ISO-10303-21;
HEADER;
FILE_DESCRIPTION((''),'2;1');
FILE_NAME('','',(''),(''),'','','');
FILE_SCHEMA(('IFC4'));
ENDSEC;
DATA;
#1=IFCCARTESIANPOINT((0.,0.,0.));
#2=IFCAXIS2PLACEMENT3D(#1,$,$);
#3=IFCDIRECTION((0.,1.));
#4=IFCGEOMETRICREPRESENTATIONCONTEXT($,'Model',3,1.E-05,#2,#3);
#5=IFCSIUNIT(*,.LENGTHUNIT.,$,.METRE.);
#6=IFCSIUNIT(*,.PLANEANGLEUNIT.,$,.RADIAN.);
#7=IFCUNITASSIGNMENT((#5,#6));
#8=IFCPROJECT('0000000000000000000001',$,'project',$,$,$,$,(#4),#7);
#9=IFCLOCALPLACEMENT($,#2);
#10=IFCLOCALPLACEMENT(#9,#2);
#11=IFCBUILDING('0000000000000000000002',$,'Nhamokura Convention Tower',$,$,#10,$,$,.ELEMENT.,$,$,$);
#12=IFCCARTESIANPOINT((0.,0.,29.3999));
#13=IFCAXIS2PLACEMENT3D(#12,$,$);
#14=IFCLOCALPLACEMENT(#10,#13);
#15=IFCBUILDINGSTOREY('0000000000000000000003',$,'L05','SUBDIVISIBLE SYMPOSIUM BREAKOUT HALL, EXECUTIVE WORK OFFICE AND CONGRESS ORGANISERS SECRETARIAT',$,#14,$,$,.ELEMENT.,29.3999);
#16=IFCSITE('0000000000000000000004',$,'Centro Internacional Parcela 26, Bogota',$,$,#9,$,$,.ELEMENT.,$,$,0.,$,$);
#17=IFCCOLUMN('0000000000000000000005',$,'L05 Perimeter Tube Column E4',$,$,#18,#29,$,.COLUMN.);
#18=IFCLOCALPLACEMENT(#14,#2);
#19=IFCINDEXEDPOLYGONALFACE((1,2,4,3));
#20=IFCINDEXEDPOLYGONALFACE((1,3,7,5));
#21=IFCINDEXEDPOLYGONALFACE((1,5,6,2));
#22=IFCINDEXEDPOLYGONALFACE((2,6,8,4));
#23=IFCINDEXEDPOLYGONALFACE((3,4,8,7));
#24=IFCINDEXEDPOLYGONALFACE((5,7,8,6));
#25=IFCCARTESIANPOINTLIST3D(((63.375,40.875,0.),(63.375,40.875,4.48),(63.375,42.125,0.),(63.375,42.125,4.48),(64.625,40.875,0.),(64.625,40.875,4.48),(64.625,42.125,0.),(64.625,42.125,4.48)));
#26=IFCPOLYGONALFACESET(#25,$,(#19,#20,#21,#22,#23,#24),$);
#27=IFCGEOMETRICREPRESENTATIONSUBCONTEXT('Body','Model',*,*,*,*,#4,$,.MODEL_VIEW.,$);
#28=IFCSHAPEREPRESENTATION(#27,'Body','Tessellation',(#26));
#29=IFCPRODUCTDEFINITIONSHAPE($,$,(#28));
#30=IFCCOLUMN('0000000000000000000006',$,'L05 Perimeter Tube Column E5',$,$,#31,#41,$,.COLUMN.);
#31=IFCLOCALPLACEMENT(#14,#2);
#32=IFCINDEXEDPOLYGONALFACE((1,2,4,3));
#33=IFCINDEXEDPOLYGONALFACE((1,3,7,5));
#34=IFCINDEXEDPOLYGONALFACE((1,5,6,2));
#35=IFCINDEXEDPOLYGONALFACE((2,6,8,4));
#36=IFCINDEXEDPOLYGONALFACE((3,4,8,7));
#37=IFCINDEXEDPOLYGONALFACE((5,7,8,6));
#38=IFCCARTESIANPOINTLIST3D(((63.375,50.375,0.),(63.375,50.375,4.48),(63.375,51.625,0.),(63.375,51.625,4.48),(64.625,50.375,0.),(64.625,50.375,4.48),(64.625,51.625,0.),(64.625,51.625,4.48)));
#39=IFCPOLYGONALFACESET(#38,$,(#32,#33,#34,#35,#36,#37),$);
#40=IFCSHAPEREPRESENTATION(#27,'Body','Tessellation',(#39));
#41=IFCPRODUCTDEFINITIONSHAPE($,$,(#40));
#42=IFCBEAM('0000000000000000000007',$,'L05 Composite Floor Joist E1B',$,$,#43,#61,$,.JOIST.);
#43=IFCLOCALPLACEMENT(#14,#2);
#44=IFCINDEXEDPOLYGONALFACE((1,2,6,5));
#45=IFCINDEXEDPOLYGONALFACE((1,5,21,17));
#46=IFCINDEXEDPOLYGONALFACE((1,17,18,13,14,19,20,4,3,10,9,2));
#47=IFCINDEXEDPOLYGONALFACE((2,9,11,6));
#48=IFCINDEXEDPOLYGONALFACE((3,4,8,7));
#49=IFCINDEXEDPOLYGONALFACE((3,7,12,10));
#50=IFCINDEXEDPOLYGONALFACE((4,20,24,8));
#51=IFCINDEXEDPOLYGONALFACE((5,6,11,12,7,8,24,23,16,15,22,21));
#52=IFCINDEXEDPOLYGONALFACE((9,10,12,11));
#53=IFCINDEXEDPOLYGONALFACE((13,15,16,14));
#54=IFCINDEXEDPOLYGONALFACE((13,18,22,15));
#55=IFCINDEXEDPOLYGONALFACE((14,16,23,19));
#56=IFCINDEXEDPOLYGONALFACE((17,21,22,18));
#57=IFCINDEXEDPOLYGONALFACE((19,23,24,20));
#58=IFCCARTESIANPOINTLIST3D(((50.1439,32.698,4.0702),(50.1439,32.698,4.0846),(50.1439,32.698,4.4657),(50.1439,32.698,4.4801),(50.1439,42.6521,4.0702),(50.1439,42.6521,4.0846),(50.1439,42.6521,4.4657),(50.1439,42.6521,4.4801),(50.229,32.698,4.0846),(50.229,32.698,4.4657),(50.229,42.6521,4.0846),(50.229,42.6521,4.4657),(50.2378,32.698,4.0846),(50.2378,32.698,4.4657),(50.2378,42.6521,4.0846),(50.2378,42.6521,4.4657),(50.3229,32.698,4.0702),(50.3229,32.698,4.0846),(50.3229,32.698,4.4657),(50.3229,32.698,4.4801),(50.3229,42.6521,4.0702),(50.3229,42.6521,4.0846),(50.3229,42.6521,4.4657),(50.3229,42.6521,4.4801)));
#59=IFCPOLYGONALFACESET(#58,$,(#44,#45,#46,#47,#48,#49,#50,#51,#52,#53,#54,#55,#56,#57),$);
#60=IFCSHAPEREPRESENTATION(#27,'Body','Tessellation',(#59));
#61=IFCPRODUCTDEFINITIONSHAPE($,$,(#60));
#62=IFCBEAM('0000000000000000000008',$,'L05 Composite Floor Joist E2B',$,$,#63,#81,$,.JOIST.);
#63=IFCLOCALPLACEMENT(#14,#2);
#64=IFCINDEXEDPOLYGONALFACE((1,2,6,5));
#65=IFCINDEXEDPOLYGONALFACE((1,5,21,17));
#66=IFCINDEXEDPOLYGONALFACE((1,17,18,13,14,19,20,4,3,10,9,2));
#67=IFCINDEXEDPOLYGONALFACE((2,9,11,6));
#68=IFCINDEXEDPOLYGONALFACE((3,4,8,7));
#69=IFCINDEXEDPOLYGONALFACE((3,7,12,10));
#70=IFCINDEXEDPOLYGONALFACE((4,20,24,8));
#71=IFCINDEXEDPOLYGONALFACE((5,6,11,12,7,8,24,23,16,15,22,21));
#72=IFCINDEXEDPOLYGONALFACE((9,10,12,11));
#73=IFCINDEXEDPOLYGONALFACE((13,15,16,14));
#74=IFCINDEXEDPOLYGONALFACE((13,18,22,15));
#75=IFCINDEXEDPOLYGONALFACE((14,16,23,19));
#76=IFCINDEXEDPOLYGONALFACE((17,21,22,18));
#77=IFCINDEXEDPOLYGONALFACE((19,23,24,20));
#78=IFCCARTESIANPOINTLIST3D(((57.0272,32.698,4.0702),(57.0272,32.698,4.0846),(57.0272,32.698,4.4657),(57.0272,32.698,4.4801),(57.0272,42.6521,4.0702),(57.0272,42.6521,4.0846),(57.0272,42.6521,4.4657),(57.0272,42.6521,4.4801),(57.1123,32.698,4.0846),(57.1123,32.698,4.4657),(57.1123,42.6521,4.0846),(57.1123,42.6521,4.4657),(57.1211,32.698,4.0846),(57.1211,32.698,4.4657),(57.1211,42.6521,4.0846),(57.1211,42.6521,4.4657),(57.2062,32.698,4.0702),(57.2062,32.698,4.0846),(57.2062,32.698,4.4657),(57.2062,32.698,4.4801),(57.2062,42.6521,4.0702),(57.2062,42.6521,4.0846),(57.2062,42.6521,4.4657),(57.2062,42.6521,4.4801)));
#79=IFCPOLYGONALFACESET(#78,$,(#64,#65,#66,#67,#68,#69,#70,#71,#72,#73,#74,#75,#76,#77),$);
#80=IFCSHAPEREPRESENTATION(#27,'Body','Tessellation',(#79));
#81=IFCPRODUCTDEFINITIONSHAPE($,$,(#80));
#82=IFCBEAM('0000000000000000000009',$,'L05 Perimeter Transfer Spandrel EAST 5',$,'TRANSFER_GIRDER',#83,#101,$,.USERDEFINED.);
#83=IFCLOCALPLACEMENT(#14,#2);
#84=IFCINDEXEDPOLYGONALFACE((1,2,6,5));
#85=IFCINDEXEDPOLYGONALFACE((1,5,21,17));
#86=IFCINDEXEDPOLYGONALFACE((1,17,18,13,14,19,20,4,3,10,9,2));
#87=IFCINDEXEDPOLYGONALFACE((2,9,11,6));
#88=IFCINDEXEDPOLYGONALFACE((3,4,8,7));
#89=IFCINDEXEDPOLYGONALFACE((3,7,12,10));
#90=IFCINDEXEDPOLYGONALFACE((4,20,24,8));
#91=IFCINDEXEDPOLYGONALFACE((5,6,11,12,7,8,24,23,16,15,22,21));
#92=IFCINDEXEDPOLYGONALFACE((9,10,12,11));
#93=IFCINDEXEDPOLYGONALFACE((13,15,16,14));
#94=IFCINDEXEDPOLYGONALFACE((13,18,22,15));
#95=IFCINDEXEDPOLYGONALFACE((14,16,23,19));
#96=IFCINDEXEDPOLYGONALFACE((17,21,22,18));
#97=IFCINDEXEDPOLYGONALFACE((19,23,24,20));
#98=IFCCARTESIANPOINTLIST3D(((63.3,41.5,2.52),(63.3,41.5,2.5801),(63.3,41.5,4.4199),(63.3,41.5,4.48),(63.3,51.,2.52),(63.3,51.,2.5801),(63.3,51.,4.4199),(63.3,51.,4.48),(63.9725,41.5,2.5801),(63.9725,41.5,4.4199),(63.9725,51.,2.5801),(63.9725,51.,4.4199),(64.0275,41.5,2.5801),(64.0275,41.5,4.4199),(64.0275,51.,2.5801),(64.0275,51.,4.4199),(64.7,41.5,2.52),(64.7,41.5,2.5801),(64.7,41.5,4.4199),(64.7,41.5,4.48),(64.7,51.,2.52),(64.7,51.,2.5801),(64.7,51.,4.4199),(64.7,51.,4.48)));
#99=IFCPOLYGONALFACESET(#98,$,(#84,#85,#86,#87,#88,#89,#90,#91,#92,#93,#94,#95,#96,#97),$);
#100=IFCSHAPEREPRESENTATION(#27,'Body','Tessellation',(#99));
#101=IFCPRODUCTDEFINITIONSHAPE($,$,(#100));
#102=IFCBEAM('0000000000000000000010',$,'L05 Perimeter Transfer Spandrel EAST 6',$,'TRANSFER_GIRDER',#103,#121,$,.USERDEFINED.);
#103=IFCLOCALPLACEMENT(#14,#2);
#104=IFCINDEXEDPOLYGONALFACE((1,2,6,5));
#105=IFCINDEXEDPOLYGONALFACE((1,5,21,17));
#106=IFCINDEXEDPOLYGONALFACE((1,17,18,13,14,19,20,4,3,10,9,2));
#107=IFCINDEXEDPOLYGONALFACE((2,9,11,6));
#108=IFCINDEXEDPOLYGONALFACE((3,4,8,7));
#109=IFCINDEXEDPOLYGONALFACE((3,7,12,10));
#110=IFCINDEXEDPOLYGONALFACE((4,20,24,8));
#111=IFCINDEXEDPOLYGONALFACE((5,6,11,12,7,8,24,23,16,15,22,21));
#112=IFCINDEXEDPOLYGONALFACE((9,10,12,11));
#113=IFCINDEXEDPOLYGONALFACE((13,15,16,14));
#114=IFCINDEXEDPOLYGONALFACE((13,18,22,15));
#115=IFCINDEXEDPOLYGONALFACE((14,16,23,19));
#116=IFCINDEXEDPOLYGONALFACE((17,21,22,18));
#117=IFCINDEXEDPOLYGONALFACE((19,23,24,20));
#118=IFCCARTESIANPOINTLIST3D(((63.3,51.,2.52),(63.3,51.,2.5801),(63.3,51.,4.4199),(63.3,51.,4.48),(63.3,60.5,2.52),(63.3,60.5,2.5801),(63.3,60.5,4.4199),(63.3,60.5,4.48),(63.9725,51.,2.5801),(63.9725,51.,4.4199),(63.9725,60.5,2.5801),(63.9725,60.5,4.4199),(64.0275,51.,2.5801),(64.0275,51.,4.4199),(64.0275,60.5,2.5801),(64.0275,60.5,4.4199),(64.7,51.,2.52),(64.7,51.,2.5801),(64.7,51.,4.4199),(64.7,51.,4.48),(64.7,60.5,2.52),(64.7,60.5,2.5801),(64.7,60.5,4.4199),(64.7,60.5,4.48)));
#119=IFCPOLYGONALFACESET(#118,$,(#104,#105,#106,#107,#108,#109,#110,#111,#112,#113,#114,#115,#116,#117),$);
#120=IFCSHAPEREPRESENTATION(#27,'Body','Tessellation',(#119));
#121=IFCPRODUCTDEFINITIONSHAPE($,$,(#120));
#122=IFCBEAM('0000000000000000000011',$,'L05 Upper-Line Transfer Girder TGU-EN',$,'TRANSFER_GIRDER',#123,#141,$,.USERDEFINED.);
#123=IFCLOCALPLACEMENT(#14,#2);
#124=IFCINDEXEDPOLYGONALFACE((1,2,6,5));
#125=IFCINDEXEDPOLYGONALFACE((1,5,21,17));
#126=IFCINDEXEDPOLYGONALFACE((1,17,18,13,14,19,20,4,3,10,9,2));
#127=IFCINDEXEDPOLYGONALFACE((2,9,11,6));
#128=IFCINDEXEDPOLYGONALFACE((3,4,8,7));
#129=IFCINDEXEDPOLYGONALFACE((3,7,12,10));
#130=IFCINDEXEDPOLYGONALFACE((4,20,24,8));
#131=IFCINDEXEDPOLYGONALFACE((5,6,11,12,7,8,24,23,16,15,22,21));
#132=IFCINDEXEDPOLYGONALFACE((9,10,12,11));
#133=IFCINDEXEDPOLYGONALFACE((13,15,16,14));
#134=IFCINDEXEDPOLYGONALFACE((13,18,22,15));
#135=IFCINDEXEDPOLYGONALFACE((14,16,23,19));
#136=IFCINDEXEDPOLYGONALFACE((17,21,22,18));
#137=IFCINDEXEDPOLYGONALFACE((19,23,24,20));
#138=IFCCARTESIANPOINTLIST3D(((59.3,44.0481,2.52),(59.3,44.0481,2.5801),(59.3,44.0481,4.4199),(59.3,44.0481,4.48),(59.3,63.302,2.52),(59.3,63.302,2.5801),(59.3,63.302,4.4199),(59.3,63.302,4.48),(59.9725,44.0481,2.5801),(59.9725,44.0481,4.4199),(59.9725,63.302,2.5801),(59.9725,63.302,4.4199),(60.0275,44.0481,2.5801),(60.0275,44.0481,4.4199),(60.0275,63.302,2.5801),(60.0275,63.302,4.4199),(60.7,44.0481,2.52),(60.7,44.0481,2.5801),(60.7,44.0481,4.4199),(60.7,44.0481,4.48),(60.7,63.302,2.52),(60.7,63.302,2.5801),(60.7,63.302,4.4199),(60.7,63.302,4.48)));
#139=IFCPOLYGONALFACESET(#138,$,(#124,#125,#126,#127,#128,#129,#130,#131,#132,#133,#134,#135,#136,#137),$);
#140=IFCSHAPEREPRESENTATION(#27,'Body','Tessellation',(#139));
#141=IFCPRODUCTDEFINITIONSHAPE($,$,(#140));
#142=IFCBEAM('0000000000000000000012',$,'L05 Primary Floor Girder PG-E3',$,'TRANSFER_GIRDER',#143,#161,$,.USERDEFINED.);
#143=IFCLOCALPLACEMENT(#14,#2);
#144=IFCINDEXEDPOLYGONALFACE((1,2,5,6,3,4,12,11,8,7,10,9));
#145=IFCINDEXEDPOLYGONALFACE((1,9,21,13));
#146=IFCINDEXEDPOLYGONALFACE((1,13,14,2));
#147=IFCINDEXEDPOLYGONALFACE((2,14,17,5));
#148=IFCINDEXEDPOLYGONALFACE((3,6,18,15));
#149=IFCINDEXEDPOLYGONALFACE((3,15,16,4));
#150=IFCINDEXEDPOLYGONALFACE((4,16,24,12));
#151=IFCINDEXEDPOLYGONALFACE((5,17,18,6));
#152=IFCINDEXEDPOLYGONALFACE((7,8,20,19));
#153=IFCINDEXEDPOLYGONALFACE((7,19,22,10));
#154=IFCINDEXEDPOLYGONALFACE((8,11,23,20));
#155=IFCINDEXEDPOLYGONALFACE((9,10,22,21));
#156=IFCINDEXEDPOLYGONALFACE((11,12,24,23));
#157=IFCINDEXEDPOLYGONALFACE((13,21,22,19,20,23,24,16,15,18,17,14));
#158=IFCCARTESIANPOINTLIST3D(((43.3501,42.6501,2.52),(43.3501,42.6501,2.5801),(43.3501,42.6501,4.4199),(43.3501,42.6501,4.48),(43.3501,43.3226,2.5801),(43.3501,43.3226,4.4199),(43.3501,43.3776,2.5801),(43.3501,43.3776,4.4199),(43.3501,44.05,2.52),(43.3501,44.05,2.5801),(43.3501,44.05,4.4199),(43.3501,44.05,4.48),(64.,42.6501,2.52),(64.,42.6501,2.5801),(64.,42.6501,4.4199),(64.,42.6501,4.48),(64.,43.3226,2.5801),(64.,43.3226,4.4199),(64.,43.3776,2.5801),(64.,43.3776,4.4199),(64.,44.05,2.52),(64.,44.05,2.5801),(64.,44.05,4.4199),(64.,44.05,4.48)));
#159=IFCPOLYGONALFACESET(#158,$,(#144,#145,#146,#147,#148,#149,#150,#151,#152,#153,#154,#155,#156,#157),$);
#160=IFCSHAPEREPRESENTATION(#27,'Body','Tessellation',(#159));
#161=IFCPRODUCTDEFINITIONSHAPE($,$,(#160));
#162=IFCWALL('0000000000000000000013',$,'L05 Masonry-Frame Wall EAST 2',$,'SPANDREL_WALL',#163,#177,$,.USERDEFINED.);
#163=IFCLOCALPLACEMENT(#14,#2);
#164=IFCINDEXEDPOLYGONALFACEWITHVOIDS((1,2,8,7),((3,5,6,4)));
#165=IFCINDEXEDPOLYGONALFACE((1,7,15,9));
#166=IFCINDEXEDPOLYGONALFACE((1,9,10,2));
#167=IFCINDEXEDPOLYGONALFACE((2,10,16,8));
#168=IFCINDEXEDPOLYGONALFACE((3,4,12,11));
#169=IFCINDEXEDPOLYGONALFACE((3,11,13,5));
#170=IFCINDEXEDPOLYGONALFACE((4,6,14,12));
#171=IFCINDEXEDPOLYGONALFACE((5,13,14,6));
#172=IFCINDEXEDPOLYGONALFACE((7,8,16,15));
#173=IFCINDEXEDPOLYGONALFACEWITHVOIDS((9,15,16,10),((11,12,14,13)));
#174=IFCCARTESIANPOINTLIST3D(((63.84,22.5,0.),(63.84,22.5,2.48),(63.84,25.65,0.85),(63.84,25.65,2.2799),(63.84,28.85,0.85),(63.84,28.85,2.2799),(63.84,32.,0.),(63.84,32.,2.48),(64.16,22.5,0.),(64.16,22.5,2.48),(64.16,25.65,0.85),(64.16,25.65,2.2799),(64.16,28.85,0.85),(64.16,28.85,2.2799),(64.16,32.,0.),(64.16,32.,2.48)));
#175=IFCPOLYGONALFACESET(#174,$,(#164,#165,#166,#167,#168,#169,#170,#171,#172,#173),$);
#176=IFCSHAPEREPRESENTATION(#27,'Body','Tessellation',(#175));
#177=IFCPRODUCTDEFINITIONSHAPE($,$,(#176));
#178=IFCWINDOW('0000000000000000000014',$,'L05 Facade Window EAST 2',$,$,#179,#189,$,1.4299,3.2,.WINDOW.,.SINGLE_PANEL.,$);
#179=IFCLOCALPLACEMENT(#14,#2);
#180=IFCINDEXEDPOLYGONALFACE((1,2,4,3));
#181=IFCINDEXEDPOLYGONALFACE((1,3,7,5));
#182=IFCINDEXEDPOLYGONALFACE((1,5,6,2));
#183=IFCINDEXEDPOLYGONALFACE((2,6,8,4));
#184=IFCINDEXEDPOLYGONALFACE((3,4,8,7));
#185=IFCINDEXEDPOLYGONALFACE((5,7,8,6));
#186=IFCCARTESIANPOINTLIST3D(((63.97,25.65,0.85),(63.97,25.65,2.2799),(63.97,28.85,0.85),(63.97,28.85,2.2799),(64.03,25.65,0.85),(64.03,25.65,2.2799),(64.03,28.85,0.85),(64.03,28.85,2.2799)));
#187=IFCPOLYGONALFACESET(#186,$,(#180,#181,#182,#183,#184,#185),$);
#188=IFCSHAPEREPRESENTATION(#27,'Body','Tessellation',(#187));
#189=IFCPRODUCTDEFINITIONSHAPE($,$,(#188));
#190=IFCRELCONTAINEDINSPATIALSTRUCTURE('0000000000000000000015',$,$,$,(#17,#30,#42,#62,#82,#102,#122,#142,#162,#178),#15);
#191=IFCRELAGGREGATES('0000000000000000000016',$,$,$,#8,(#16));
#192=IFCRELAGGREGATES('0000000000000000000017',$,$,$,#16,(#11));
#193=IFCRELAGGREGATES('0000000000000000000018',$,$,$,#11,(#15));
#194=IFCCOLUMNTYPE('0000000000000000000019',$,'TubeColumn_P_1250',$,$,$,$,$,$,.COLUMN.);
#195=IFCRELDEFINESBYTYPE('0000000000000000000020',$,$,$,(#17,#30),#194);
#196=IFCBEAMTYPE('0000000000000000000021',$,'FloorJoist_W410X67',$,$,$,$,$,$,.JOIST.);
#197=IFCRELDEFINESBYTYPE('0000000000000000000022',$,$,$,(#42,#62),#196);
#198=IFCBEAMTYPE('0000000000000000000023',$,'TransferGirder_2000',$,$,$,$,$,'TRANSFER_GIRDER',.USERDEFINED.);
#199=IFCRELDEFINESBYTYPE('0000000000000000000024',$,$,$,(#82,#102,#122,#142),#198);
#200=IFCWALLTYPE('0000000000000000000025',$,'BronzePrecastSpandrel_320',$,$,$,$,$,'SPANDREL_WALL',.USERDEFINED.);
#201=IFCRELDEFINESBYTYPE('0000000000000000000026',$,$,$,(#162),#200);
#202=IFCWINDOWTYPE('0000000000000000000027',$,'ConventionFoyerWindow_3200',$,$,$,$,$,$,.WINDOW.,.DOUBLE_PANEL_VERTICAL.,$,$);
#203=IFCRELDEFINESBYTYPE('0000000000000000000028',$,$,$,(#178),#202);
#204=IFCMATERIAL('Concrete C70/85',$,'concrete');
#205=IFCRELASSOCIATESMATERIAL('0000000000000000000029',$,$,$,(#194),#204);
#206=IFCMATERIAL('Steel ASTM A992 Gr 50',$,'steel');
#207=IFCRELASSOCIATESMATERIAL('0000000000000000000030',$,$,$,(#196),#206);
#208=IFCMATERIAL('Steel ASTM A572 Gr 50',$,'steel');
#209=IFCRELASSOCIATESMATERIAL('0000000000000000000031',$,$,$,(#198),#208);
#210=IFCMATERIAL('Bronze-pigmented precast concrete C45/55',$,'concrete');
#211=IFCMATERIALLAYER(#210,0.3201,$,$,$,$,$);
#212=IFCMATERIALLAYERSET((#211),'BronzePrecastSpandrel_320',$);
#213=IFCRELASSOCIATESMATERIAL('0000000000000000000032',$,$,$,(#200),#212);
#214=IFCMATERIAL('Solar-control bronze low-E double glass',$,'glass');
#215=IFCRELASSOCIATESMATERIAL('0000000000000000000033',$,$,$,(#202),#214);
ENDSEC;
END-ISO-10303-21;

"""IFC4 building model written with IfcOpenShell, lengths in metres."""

from ifc_helpers import new_model, si_unit, direction, frame, frame_2d, origin, origin_2d, place, context, subcontext, project, spatial, rectangle, i_section, extrude, material, layer, layer_set, material_profile, profile_set, type_object, element, fill, save


model = new_model("IFC4")

# Units and contexts
model_context = context("Model", 3, precision=1e-05, world=origin(), true_north=direction((0.0, 1.0)))
body_context = subcontext(model_context, "Body", "Model", "MODEL_VIEW")
ifc_project = project(units=[si_unit("LENGTHUNIT", "METRE"), si_unit("PLANEANGLEUNIT", "RADIAN")], contexts=[model_context])

# Site, building, storey
site_placement = place(None, origin())
site = spatial("IfcSite", under=ifc_project, at=site_placement, Name="Centro Internacional Parcela 26, Bogota", CompositionType="ELEMENT", RefElevation=0.0)
building_placement = place(site_placement, origin())
building = spatial("IfcBuilding", under=site, at=building_placement, Name="Nhamokura Convention Tower", CompositionType="ELEMENT")
storey_placement = place(building_placement, frame((0.0, 0.0, 29.3999)))
storey = spatial("IfcBuildingStorey", under=building, at=storey_placement, Name="L05", Description="SUBDIVISIBLE SYMPOSIUM BREAKOUT HALL, EXECUTIVE WORK OFFICE AND CONGRESS ORGANISERS SECRETARIAT", CompositionType="ELEMENT", Elevation=29.3999)

# Columns
ifc_material_1 = material(Name="Concrete C70/85", Category="concrete")
ifc_material_profile_1 = material_profile(ifc_material_1, rectangle(XDim=1.25, YDim=1.25, at=origin_2d()))
ifc_profile_set_1 = profile_set([ifc_material_profile_1], Name="Concrete C70/85")
column_type = type_object("IfcColumnType", Name="TubeColumn_P_1250", PredefinedType="COLUMN", material=ifc_profile_set_1)
for number, where, z_axis, x_axis, name in (
    (1, (64.0, 41.5, 0.0), (0.0, 0.0, 1.0), (1.0, 0.0, 0.0), "L05 Perimeter Tube Column E4"),
    (2, (64.0, 51.0, 0.0), (0.0, 0.0, 1.0), (1.0, 0.0, 0.0), "L05 Perimeter Tube Column E5"),
):
    element("IfcColumn", number, at=place(storey_placement, frame(where, z_axis=z_axis, x_axis=x_axis)), inside=storey, type_object=column_type, Name=name, PredefinedType="COLUMN", context=body_context, shape_type="SweptSolid", body=[
        extrude(rectangle(XDim=1.25, YDim=1.25, at=origin_2d()), origin(), (0.0, 0.0, 1.0), 4.48),
    ])

# Beams
ifc_material_2 = material(Name="Steel ASTM A992 Gr 50", Category="steel")
ifc_material_profile_2 = material_profile(ifc_material_2, i_section(OverallWidth=0.179, OverallDepth=0.4099, WebThickness=0.0088, FlangeThickness=0.0144, at=origin_2d()))
ifc_profile_set_2 = profile_set([ifc_material_profile_2], Name="Steel ASTM A992 Gr 50")
beam_type_1 = type_object("IfcBeamType", Name="FloorJoist_W410X67", PredefinedType="JOIST", material=ifc_profile_set_2)
for number, where, z_axis, x_axis, name in (
    (3, (50.2334, 32.698, 4.2751), (0.0, 1.0, 0.0), (-1.0, 0.0, 0.0), "L05 Composite Floor Joist E1B"),
    (4, (57.1167, 32.698, 4.2751), (0.0, 1.0, 0.0), (-1.0, 0.0, 0.0), "L05 Composite Floor Joist E2B"),
):
    element("IfcBeam", number, at=place(storey_placement, frame(where, z_axis=z_axis, x_axis=x_axis)), inside=storey, type_object=beam_type_1, Name=name, PredefinedType="JOIST", context=body_context, shape_type="SweptSolid", body=[
        extrude(i_section(OverallWidth=0.179, OverallDepth=0.4099, WebThickness=0.0088, FlangeThickness=0.0144, at=origin_2d()), origin(), (0.0, 0.0, 1.0), 9.9541),
    ])
ifc_material_3 = material(Name="Steel ASTM A572 Gr 50", Category="steel")
ifc_material_profile_3 = material_profile(ifc_material_3, i_section(OverallWidth=1.3999, OverallDepth=1.96, WebThickness=0.0549, FlangeThickness=0.0601, at=origin_2d()))
ifc_profile_set_3 = profile_set([ifc_material_profile_3], Name="Steel ASTM A572 Gr 50")
beam_type_2 = type_object("IfcBeamType", Name="TransferGirder_2000", ElementType="TRANSFER_GIRDER", PredefinedType="USERDEFINED", material=ifc_profile_set_3)
for number, where, z_axis, x_axis, name in (
    (5, (64.0, 41.5, 3.5), (0.0, 1.0, 0.0), (-1.0, 0.0, 0.0), "L05 Perimeter Transfer Spandrel EAST 5"),
    (6, (64.0, 51.0, 3.5), (0.0, 1.0, 0.0), (-1.0, 0.0, 0.0), "L05 Perimeter Transfer Spandrel EAST 6"),
):
    element("IfcBeam", number, at=place(storey_placement, frame(where, z_axis=z_axis, x_axis=x_axis)), inside=storey, type_object=beam_type_2, Name=name, ObjectType="TRANSFER_GIRDER", PredefinedType="USERDEFINED", context=body_context, shape_type="SweptSolid", body=[
        extrude(i_section(OverallWidth=1.3999, OverallDepth=1.96, WebThickness=0.0549, FlangeThickness=0.0601, at=origin_2d()), origin(), (0.0, 0.0, 1.0), 9.5),
    ])
beam_1_placement = place(storey_placement, frame((60.0, 44.0481, 3.5), z_axis=(0.0, 1.0, 0.0), x_axis=(-1.0, 0.0, 0.0)))
element("IfcBeam", 7, at=beam_1_placement, inside=storey, type_object=beam_type_2, Name="L05 Upper-Line Transfer Girder TGU-EN", ObjectType="TRANSFER_GIRDER", PredefinedType="USERDEFINED", context=body_context, shape_type="SweptSolid", body=[
    extrude(i_section(OverallWidth=1.3999, OverallDepth=1.96, WebThickness=0.0549, FlangeThickness=0.0601, at=origin_2d()), origin(), (0.0, 0.0, 1.0), 19.2539),
])
beam_2_placement = place(storey_placement, frame((43.3501, 43.3501, 3.5), z_axis=(1.0, 0.0, 0.0), x_axis=(0.0, 1.0, 0.0)))
element("IfcBeam", 8, at=beam_2_placement, inside=storey, type_object=beam_type_2, Name="L05 Primary Floor Girder PG-E3", ObjectType="TRANSFER_GIRDER", PredefinedType="USERDEFINED", context=body_context, shape_type="SweptSolid", body=[
    extrude(i_section(OverallWidth=1.3999, OverallDepth=1.96, WebThickness=0.0549, FlangeThickness=0.0601, at=origin_2d()), origin(), (0.0, 0.0, 1.0), 20.6499),
])

# Wall, opening, window
ifc_material_4 = material(Name="Bronze-pigmented precast concrete C45/55", Category="concrete")
ifc_layer_1 = layer(ifc_material_4, 0.3201)
ifc_layer_set_1 = layer_set([ifc_layer_1], Name="BronzePrecastSpandrel_320")
wall_type_1 = type_object("IfcWallType", Name="BronzePrecastSpandrel_320", ElementType="SPANDREL_WALL", PredefinedType="USERDEFINED", material=ifc_layer_set_1)
wall_1_placement = place(storey_placement, frame((64.0, 32.0, 0.0), z_axis=(0.0, 0.0, 1.0), x_axis=(0.0, -1.0, 0.0)))
wall_1 = element("IfcWall", 9, at=wall_1_placement, inside=storey, type_object=wall_type_1, Name="L05 Masonry-Frame Wall EAST 2", ObjectType="SPANDREL_WALL", PredefinedType="USERDEFINED", context=body_context, shape_type="SweptSolid", body=[
    extrude(rectangle(XDim=9.5, YDim=0.3201, at=frame_2d((4.75, 0.0))), origin(), (0.0, 0.0, 1.0), 2.48),
])
opening_1_placement = place(wall_1_placement, frame((3.1499, 0.0, 0.8501)))
opening_1 = element("IfcOpeningElement", 10, at=opening_1_placement, cuts=wall_1, PredefinedType="OPENING", context=body_context, shape_type="SweptSolid", body=[
    extrude(rectangle(XDim=3.2, YDim=1.4299, at=frame_2d((1.6001, 0.7148))), frame((0.0, 0.1699, 0.0), z_axis=(0.0, -1.0, 0.0), x_axis=(1.0, 0.0, 0.0)), (0.0, 0.0, 1.0), 0.3401),
])
ifc_material_5 = material(Name="Solar-control bronze low-E double glass", Category="glass")
window_type = type_object("IfcWindowType", Name="ConventionFoyerWindow_3200", PartitioningType="DOUBLE_PANEL_VERTICAL", PredefinedType="WINDOW", material=ifc_material_5)
window_1_placement = place(opening_1_placement, origin())
window_1 = element("IfcWindow", 11, at=window_1_placement, inside=storey, type_object=window_type, Name="L05 Facade Window EAST 2", OverallHeight=1.4299, OverallWidth=3.2, PartitioningType="SINGLE_PANEL", PredefinedType="WINDOW", context=body_context, shape_type="SweptSolid", body=[
    extrude(rectangle(XDim=3.2, YDim=1.4299, at=frame_2d((1.6001, 0.7148))), frame((0.0, 0.03, 0.0), z_axis=(0.0, -1.0, 0.0), x_axis=(1.0, 0.0, 0.0)), (0.0, 0.0, 1.0), 0.0601),
])
fill(opening_1, window_1)

save(model, "model.ifc")
